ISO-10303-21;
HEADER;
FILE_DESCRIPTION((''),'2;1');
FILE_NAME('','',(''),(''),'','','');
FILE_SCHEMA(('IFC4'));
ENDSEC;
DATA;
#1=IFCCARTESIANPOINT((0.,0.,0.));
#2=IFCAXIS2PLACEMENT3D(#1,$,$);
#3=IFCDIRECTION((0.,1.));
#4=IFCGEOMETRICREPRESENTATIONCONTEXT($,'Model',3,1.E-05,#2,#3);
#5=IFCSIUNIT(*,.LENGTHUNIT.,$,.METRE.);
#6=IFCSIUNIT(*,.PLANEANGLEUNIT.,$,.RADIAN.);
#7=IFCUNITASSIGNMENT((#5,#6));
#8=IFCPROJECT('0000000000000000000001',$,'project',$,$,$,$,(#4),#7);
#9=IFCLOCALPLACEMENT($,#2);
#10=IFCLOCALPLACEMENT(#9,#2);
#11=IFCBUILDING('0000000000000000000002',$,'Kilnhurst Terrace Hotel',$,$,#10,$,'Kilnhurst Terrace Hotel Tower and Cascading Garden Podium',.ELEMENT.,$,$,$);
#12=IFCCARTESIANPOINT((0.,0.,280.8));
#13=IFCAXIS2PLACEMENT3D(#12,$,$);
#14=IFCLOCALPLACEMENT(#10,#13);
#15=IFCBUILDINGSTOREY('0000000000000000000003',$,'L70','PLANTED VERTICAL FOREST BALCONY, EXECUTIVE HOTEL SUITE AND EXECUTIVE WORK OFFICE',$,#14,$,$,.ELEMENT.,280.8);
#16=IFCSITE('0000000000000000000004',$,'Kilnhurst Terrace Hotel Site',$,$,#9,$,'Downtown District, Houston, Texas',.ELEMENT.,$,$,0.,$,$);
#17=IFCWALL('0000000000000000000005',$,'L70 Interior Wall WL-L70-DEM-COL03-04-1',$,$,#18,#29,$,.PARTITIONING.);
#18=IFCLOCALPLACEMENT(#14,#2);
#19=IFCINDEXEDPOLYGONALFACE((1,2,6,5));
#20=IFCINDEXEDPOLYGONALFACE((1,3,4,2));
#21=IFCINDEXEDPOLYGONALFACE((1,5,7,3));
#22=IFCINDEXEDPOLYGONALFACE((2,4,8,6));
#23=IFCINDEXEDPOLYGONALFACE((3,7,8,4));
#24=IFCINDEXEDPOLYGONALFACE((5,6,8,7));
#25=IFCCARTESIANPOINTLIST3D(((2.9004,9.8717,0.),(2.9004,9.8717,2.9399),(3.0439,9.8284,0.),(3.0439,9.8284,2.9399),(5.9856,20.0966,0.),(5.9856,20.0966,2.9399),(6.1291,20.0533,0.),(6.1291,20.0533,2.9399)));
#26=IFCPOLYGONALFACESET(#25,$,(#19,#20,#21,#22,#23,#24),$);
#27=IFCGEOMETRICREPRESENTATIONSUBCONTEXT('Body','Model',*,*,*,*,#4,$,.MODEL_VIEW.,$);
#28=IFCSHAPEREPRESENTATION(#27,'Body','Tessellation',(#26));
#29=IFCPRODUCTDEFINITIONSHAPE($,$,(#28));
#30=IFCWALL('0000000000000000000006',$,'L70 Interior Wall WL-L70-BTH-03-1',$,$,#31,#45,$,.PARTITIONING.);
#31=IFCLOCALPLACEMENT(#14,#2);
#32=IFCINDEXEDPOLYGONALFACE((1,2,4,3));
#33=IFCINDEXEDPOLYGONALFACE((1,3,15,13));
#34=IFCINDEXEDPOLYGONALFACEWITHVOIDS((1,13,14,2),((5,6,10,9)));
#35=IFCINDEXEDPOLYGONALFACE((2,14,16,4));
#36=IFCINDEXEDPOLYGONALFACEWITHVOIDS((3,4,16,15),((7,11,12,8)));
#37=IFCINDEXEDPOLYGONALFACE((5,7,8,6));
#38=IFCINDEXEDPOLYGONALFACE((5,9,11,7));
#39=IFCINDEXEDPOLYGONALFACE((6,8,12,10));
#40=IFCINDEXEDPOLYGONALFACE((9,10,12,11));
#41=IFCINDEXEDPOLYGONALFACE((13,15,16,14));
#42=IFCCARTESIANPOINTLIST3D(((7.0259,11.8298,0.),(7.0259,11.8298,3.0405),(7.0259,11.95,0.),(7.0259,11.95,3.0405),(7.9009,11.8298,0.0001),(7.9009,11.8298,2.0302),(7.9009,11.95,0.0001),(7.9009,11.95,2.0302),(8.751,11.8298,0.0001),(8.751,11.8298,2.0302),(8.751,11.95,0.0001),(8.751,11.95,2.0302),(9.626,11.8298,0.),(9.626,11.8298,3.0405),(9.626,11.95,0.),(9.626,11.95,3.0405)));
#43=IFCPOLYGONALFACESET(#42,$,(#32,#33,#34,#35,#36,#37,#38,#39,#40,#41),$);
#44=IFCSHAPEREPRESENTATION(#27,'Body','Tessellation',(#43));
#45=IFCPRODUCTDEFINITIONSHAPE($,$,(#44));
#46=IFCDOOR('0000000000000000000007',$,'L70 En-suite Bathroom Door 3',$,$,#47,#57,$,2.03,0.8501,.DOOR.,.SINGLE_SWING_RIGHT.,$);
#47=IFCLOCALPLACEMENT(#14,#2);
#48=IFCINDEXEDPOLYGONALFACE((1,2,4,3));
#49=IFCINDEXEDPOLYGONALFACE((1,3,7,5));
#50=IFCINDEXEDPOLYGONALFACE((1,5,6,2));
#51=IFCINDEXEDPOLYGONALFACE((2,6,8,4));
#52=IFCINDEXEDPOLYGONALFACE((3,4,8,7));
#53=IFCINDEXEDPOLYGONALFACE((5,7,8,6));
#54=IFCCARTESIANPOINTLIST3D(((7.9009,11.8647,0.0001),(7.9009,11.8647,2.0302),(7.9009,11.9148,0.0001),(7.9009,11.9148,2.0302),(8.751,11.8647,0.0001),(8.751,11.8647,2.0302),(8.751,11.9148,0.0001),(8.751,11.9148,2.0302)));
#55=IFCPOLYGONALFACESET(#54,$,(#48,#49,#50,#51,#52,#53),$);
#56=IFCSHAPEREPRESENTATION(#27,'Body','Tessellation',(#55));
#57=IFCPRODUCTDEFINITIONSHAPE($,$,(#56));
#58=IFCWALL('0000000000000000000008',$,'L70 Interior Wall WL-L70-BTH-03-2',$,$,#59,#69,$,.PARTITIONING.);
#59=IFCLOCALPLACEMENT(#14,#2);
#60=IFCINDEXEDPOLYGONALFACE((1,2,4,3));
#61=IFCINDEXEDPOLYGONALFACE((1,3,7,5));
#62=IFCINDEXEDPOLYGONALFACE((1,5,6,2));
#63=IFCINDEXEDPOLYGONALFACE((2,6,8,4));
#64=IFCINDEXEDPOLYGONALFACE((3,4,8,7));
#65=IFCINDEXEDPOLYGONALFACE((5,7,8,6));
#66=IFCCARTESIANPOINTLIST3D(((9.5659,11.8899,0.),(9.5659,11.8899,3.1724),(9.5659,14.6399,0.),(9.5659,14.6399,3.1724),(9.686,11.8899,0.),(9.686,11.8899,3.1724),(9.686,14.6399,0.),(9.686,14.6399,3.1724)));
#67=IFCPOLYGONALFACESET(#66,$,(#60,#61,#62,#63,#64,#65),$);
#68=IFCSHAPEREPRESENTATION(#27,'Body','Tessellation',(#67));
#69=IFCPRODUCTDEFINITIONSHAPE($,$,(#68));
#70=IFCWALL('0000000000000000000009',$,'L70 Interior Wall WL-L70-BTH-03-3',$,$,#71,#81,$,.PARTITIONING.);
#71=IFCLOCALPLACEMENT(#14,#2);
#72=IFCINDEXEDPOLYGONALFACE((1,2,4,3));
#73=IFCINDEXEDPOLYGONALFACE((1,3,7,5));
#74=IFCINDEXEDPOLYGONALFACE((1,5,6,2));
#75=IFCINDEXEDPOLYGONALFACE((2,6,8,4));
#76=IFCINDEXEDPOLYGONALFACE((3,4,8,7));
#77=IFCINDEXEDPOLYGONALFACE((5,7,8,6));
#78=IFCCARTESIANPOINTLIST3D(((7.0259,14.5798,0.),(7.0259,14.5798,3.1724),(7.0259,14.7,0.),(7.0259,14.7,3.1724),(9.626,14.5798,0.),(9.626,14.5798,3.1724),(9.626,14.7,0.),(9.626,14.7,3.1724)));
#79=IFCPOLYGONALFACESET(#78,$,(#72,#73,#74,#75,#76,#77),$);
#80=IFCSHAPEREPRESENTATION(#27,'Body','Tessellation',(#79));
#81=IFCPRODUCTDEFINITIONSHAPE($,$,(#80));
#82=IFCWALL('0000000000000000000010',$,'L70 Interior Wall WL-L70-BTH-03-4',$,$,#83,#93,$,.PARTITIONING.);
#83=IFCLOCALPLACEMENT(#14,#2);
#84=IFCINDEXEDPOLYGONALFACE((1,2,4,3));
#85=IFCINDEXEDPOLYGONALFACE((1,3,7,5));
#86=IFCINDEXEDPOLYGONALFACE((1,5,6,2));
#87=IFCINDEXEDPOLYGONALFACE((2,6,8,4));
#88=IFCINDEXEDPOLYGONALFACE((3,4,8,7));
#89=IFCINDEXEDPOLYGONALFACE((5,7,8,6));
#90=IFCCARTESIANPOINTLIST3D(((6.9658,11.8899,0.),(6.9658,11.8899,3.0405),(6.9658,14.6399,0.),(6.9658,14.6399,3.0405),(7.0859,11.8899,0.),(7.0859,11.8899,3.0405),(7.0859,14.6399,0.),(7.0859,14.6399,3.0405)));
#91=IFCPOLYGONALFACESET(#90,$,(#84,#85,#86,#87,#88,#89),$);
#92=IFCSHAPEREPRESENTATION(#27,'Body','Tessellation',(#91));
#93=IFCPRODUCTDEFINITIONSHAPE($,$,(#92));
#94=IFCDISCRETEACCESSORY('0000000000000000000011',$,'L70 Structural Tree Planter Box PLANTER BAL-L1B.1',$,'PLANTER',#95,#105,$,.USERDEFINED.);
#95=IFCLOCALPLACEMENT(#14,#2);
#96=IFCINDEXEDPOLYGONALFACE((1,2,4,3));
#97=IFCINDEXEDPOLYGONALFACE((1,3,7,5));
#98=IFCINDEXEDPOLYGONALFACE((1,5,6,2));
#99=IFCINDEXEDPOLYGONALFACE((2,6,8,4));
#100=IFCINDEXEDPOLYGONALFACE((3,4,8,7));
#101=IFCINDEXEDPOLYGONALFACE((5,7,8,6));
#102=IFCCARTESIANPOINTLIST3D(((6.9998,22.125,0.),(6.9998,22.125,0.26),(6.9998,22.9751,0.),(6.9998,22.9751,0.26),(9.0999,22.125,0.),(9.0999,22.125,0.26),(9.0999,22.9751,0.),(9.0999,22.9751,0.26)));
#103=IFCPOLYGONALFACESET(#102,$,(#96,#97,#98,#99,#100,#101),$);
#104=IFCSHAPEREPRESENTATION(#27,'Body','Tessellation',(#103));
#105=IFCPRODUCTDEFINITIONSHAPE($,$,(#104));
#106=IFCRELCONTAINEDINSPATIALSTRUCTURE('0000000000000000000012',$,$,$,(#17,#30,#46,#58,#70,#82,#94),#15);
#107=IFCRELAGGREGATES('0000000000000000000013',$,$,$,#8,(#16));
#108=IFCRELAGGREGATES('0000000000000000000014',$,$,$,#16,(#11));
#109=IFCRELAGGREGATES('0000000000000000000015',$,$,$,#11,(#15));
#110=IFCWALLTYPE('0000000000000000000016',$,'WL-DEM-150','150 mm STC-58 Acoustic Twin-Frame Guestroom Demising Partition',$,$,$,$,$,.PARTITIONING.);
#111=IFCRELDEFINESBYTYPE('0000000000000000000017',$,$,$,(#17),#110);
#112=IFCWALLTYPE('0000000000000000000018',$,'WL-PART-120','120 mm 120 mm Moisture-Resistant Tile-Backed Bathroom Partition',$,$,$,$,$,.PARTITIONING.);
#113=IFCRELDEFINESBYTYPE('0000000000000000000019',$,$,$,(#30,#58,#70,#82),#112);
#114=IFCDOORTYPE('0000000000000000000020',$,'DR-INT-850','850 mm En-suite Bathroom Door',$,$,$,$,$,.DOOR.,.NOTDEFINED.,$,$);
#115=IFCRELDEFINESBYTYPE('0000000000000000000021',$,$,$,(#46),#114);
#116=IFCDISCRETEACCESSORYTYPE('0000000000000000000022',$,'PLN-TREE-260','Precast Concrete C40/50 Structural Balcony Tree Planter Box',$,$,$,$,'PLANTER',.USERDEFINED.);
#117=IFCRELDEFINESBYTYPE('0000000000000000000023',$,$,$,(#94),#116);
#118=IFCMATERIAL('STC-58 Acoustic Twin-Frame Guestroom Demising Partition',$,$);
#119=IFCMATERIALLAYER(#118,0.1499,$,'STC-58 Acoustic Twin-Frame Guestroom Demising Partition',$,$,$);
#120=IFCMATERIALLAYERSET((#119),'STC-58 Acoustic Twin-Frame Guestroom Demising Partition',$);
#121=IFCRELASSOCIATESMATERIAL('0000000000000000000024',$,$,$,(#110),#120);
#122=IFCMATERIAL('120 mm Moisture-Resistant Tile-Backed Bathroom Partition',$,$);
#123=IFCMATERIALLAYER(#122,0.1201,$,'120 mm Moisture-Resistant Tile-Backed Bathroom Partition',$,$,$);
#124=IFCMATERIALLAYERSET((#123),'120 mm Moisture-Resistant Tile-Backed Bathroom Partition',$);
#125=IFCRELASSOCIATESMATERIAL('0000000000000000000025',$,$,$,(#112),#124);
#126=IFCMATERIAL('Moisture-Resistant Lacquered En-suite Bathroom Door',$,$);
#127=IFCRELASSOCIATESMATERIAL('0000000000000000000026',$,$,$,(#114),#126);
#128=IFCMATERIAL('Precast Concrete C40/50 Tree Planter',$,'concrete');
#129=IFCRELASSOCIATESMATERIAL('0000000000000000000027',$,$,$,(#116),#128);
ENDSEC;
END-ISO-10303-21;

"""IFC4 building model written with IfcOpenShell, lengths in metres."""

from ifc_helpers import new_model, si_unit, direction, frame, frame_2d, origin, origin_2d, place, context, subcontext, project, spatial, rectangle, extrude, material, layer, layer_set, type_object, element, fill, save


model = new_model("IFC4")

# Units and contexts
model_context = context("Model", 3, precision=1e-05, world=origin(), true_north=direction((0.0, 1.0)))
body_context = subcontext(model_context, "Body", "Model", "MODEL_VIEW")
ifc_project = project(units=[si_unit("LENGTHUNIT", "METRE"), si_unit("PLANEANGLEUNIT", "RADIAN")], contexts=[model_context])

# Site, building, storey
site_placement = place(None, origin())
site = spatial("IfcSite", under=ifc_project, at=site_placement, Name="Kilnhurst Terrace Hotel Site", LongName="Downtown District, Houston, Texas", CompositionType="ELEMENT", RefElevation=0.0)
building_placement = place(site_placement, origin())
building = spatial("IfcBuilding", under=site, at=building_placement, Name="Kilnhurst Terrace Hotel", LongName="Kilnhurst Terrace Hotel Tower and Cascading Garden Podium", CompositionType="ELEMENT")
storey_placement = place(building_placement, frame((0.0, 0.0, 280.8)))
storey = spatial("IfcBuildingStorey", under=building, at=storey_placement, Name="L70", Description="PLANTED VERTICAL FOREST BALCONY, EXECUTIVE HOTEL SUITE AND EXECUTIVE WORK OFFICE", CompositionType="ELEMENT", Elevation=280.8)

# Wall
ifc_material_1 = material(Name="STC-58 Acoustic Twin-Frame Guestroom Demising Partition")
ifc_layer_1 = layer(ifc_material_1, 0.1499, Name="STC-58 Acoustic Twin-Frame Guestroom Demising Partition")
ifc_layer_set_1 = layer_set([ifc_layer_1], Name="STC-58 Acoustic Twin-Frame Guestroom Demising Partition")
wall_type_1 = type_object("IfcWallType", Name="WL-DEM-150", Description="150 mm STC-58 Acoustic Twin-Frame Guestroom Demising Partition", PredefinedType="PARTITIONING", material=ifc_layer_set_1)
wall_1_placement = place(storey_placement, frame((2.9722, 9.8501, 0.0), z_axis=(0.0, 0.0, 1.0), x_axis=(0.288872, 0.957368, 0.0)))
element("IfcWall", 1, at=wall_1_placement, inside=storey, type_object=wall_type_1, Name="L70 Interior Wall WL-L70-DEM-COL03-04-1", PredefinedType="PARTITIONING", context=body_context, shape_type="SweptSolid", body=[
    extrude(rectangle(XDim=10.6802, YDim=0.1499, at=frame_2d((5.3401, 0.0))), origin(), (0.0, 0.0, 1.0), 2.9399),
])

# Wall, opening, door
ifc_material_2 = material(Name="120 mm Moisture-Resistant Tile-Backed Bathroom Partition")
ifc_layer_2 = layer(ifc_material_2, 0.1201, Name="120 mm Moisture-Resistant Tile-Backed Bathroom Partition")
ifc_layer_set_2 = layer_set([ifc_layer_2], Name="120 mm Moisture-Resistant Tile-Backed Bathroom Partition")
wall_type_2 = type_object("IfcWallType", Name="WL-PART-120", Description="120 mm 120 mm Moisture-Resistant Tile-Backed Bathroom Partition", PredefinedType="PARTITIONING", material=ifc_layer_set_2)
wall_2_placement = place(storey_placement, frame((7.0259, 11.8899, 0.0), z_axis=(0.0, 0.0, 1.0), x_axis=(1.0, 0.0, 0.0)))
wall_2 = element("IfcWall", 2, at=wall_2_placement, inside=storey, type_object=wall_type_2, Name="L70 Interior Wall WL-L70-BTH-03-1", PredefinedType="PARTITIONING", context=body_context, shape_type="SweptSolid", body=[
    extrude(rectangle(XDim=2.6001, YDim=0.1201, at=frame_2d((1.3, 0.0))), origin(), (0.0, 0.0, 1.0), 3.0405),
])
opening_1_placement = place(wall_2_placement, frame((0.875, 0.0, 0.0)))
opening_1 = element("IfcOpeningElement", 3, at=opening_1_placement, cuts=wall_2, PredefinedType="OPENING", context=body_context, shape_type="SweptSolid", body=[
    extrude(rectangle(XDim=0.8501, YDim=2.03, at=frame_2d((0.425, 1.0151))), frame((0.0, 0.0701, 0.0), z_axis=(0.0, -1.0, 0.0), x_axis=(1.0, 0.0, 0.0)), (0.0, 0.0, 1.0), 0.1401),
])
ifc_material_3 = material(Name="Moisture-Resistant Lacquered En-suite Bathroom Door")
door_type_1 = type_object("IfcDoorType", Name="DR-INT-850", Description="850 mm En-suite Bathroom Door", OperationType="NOTDEFINED", PredefinedType="DOOR", material=ifc_material_3)
door_1_placement = place(opening_1_placement, origin())
door_1 = element("IfcDoor", 4, at=door_1_placement, inside=storey, type_object=door_type_1, Name="L70 En-suite Bathroom Door 3", OperationType="SINGLE_SWING_RIGHT", OverallHeight=2.03, OverallWidth=0.8501, PredefinedType="DOOR", context=body_context, shape_type="SweptSolid", body=[
    extrude(rectangle(XDim=0.8501, YDim=2.03, at=frame_2d((0.425, 1.0151))), frame((0.0, 0.0249, 0.0), z_axis=(0.0, -1.0, 0.0), x_axis=(1.0, 0.0, 0.0)), (0.0, 0.0, 1.0), 0.05),
])
fill(opening_1, door_1)

# Walls
wall_3_placement = place(storey_placement, frame((9.626, 11.8899, 0.0), z_axis=(0.0, 0.0, 1.0), x_axis=(0.0, 1.0, 0.0)))
element("IfcWall", 5, at=wall_3_placement, inside=storey, type_object=wall_type_2, Name="L70 Interior Wall WL-L70-BTH-03-2", PredefinedType="PARTITIONING", context=body_context, shape_type="SweptSolid", body=[
    extrude(rectangle(XDim=2.75, YDim=0.1201, at=frame_2d((1.375, 0.0))), origin(), (0.0, 0.0, 1.0), 3.1724),
])
wall_4_placement = place(storey_placement, frame((9.626, 14.6399, 0.0), z_axis=(0.0, 0.0, 1.0), x_axis=(-1.0, 0.0, 0.0)))
element("IfcWall", 6, at=wall_4_placement, inside=storey, type_object=wall_type_2, Name="L70 Interior Wall WL-L70-BTH-03-3", PredefinedType="PARTITIONING", context=body_context, shape_type="SweptSolid", body=[
    extrude(rectangle(XDim=2.6001, YDim=0.1201, at=frame_2d((1.3, 0.0))), origin(), (0.0, 0.0, 1.0), 3.1724),
])
wall_5_placement = place(storey_placement, frame((7.0259, 14.6399, 0.0), z_axis=(0.0, 0.0, 1.0), x_axis=(0.0, -1.0, 0.0)))
element("IfcWall", 7, at=wall_5_placement, inside=storey, type_object=wall_type_2, Name="L70 Interior Wall WL-L70-BTH-03-4", PredefinedType="PARTITIONING", context=body_context, shape_type="SweptSolid", body=[
    extrude(rectangle(XDim=2.75, YDim=0.1201, at=frame_2d((1.375, 0.0))), origin(), (0.0, 0.0, 1.0), 3.0405),
])

# Discrete accessory
ifc_material_4 = material(Name="Precast Concrete C40/50 Tree Planter", Category="concrete")
discrete_accessory_type = type_object("IfcDiscreteAccessoryType", Name="PLN-TREE-260", Description="Precast Concrete C40/50 Structural Balcony Tree Planter Box", ElementType="PLANTER", PredefinedType="USERDEFINED", material=ifc_material_4)
discrete_accessory_placement = place(storey_placement, frame((8.0498, 22.55, 0.0), z_axis=(0.0, 0.0, 1.0), x_axis=(-1.0, 0.0, 0.0)))
element("IfcDiscreteAccessory", 8, at=discrete_accessory_placement, inside=storey, type_object=discrete_accessory_type, Name="L70 Structural Tree Planter Box PLANTER BAL-L1B.1", ObjectType="PLANTER", PredefinedType="USERDEFINED", context=body_context, shape_type="SweptSolid", body=[
    extrude(rectangle(XDim=2.1001, YDim=0.8501, at=origin_2d()), origin(), (0.0, 0.0, 1.0), 0.26),
])

save(model, "model.ifc")
